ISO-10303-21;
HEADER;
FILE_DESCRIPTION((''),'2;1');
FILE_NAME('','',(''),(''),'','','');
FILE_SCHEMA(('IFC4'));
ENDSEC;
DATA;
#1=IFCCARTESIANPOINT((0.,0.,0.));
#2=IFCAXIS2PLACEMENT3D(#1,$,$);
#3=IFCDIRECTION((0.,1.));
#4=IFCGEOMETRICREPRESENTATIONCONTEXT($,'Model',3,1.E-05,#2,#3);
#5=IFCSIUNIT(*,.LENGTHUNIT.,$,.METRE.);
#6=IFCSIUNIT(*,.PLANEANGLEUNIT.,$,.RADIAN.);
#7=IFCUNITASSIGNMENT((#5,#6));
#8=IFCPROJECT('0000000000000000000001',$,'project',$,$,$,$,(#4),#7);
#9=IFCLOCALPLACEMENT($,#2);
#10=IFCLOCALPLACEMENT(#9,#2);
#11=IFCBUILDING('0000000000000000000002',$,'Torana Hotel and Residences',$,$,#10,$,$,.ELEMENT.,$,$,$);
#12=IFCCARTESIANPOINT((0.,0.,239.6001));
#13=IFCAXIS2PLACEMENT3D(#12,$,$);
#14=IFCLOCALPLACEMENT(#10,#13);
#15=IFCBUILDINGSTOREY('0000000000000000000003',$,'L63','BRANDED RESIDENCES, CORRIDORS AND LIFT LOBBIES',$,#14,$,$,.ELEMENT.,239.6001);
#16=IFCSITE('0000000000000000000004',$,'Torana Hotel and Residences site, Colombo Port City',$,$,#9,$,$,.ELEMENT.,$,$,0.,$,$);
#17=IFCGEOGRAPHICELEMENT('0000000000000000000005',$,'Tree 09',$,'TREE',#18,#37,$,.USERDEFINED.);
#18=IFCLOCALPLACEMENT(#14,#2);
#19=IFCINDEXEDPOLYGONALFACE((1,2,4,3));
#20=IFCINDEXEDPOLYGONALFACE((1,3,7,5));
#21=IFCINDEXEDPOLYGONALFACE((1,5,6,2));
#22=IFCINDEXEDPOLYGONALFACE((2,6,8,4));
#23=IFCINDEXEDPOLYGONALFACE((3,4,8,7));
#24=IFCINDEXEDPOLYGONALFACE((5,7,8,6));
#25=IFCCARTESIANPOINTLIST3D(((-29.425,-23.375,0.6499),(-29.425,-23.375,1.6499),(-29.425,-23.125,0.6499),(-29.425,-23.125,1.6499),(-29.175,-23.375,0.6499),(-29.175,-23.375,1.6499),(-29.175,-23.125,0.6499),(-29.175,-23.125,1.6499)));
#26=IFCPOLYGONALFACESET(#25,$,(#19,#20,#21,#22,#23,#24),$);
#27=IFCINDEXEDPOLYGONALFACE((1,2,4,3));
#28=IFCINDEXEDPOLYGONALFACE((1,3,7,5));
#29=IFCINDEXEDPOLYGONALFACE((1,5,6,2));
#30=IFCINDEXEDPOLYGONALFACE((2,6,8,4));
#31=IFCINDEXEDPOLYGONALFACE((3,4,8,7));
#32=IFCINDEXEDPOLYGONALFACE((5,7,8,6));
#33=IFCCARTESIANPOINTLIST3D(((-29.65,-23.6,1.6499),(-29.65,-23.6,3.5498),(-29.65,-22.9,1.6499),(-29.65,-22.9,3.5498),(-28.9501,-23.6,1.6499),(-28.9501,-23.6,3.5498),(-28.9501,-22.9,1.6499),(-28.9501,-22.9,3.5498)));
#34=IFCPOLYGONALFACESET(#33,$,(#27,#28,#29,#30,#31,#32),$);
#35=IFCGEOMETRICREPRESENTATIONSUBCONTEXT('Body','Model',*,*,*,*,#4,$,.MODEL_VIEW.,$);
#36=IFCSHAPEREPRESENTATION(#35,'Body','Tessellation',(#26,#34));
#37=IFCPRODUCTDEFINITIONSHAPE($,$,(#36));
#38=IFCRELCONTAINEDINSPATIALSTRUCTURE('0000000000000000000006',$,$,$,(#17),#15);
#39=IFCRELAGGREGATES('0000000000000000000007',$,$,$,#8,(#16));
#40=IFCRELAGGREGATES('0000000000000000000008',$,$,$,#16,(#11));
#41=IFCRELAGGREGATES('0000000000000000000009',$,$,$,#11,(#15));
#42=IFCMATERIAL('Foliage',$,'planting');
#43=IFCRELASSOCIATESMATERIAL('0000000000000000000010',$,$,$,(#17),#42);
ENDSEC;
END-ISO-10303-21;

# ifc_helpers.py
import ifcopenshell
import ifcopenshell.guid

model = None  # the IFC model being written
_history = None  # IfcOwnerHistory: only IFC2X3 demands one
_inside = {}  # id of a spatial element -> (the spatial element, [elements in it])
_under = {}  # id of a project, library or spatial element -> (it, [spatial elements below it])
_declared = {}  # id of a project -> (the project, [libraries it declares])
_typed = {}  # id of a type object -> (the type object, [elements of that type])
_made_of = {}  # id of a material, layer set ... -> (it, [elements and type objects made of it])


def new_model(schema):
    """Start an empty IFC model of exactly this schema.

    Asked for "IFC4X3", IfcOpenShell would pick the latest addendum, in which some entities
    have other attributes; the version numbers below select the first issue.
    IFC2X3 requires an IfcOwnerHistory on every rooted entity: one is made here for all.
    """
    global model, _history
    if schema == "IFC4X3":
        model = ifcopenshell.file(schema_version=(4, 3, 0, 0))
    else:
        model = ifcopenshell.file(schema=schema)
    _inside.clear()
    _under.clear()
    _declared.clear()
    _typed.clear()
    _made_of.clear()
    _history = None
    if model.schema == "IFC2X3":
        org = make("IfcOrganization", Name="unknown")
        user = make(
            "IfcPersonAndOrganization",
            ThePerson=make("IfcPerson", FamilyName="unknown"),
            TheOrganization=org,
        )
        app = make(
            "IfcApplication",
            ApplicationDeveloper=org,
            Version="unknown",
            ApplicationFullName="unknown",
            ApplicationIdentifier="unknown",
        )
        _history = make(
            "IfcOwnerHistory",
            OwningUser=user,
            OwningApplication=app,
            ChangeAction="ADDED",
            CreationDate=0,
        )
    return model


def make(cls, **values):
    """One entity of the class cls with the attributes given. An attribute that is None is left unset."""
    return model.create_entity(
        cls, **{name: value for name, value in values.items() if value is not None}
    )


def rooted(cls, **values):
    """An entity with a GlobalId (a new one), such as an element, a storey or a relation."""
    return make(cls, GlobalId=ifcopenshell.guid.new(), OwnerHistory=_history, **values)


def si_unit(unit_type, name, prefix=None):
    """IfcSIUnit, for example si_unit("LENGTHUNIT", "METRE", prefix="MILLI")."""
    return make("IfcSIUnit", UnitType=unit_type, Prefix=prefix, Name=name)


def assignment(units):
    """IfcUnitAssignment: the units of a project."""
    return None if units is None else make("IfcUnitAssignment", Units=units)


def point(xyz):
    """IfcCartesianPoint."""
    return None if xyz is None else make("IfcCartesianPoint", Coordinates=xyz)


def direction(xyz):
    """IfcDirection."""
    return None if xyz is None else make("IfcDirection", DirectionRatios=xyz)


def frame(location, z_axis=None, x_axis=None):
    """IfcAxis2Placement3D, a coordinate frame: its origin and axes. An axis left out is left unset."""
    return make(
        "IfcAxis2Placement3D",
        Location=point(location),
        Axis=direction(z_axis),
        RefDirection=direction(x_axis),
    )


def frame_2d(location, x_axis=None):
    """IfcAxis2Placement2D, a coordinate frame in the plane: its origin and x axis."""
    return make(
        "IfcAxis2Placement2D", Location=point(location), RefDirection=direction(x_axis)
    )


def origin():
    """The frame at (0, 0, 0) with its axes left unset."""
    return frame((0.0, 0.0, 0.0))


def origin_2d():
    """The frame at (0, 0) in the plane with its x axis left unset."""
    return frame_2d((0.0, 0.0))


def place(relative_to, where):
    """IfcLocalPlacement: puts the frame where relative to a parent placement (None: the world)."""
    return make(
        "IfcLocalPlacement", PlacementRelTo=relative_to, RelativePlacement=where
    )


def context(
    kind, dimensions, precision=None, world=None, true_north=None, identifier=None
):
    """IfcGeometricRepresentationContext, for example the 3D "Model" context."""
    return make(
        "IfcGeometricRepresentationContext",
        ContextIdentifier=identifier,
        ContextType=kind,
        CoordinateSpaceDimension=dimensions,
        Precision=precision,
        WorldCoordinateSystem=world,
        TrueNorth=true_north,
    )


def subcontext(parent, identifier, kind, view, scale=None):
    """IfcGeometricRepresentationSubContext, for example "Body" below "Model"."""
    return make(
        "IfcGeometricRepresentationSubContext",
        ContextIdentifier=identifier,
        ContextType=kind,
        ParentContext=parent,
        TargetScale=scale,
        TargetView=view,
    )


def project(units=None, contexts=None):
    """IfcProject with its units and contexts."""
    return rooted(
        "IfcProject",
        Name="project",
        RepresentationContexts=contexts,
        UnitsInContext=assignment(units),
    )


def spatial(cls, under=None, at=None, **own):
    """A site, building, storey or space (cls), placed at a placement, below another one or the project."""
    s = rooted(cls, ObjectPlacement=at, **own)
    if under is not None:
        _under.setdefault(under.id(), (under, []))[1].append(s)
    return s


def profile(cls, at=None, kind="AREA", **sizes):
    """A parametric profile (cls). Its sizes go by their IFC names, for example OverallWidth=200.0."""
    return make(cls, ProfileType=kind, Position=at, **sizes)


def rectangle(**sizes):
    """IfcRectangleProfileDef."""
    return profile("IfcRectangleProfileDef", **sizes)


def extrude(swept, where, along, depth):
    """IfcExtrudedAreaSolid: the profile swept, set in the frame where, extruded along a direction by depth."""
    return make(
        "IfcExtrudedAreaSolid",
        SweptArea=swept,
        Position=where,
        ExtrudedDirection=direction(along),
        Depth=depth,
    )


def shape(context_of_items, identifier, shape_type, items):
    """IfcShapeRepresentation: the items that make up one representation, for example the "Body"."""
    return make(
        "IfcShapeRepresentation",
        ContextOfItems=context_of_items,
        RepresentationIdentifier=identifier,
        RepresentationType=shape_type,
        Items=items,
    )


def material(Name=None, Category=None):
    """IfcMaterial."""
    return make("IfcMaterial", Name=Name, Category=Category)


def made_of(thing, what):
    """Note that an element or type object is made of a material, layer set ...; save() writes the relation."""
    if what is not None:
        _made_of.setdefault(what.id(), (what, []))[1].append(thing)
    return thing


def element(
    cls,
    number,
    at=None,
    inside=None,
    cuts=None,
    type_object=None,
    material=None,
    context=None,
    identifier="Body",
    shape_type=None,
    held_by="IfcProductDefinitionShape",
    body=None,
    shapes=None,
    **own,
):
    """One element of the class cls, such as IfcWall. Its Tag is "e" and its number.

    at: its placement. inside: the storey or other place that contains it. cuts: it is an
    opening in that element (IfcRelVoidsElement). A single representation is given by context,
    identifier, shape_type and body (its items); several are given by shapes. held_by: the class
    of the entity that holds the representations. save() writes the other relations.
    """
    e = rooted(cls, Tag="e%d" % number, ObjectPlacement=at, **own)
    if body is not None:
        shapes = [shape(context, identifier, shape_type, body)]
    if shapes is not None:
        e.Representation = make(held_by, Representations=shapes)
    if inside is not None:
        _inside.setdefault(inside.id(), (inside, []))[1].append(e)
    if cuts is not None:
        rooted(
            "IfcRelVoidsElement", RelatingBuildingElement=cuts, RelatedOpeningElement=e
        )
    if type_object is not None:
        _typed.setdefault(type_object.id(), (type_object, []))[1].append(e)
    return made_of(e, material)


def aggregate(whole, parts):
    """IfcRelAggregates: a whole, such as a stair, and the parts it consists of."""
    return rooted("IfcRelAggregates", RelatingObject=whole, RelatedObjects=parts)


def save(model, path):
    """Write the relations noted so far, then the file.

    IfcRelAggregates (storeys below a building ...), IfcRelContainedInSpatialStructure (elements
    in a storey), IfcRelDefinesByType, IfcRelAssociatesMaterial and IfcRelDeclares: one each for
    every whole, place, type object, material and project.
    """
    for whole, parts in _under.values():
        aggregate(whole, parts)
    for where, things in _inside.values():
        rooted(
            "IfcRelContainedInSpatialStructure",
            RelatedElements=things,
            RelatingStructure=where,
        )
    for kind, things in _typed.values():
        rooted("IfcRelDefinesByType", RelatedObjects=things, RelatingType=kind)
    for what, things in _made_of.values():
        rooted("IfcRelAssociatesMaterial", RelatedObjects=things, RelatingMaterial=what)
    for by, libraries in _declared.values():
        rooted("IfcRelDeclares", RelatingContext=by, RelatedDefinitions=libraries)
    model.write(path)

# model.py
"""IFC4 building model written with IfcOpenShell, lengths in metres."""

from ifc_helpers import new_model, si_unit, direction, frame, origin, origin_2d, place, context, subcontext, project, spatial, rectangle, extrude, material, element, save


model = new_model("IFC4")

# Units and contexts
model_context = context("Model", 3, precision=1e-05, world=origin(), true_north=direction((0.0, 1.0)))
body_context = subcontext(model_context, "Body", "Model", "MODEL_VIEW")
ifc_project = project(units=[si_unit("LENGTHUNIT", "METRE"), si_unit("PLANEANGLEUNIT", "RADIAN")], contexts=[model_context])

# Site, building, storey
site_placement = place(None, origin())
site = spatial("IfcSite", under=ifc_project, at=site_placement, Name="Torana Hotel and Residences site, Colombo Port City", CompositionType="ELEMENT", RefElevation=0.0)
building_placement = place(site_placement, origin())
building = spatial("IfcBuilding", under=site, at=building_placement, Name="Torana Hotel and Residences", CompositionType="ELEMENT")
storey_placement = place(building_placement, frame((0.0, 0.0, 239.6001)))
storey = spatial("IfcBuildingStorey", under=building, at=storey_placement, Name="L63", Description="BRANDED RESIDENCES, CORRIDORS AND LIFT LOBBIES", CompositionType="ELEMENT", Elevation=239.6001)

# Geographic element
ifc_material_1 = material(Name="Foliage", Category="planting")
geographic_element_placement = place(storey_placement, frame((-29.3, -23.25, 0.6499), z_axis=(0.0, 0.0, 1.0), x_axis=(1.0, 0.0, 0.0)))
element("IfcGeographicElement", 1, at=geographic_element_placement, inside=storey, material=ifc_material_1, Name="Tree 09", ObjectType="TREE", PredefinedType="USERDEFINED", context=body_context, shape_type="SweptSolid", body=[
    extrude(rectangle(XDim=0.25, YDim=0.25, at=origin_2d()), origin(), (0.0, 0.0, 1.0), 1.0),
    extrude(rectangle(XDim=0.7, YDim=0.7, at=origin_2d()), frame((0.0, 0.0, 1.0)), (0.0, 0.0, 1.0), 1.8999),
])

save(model, "model.ifc")
